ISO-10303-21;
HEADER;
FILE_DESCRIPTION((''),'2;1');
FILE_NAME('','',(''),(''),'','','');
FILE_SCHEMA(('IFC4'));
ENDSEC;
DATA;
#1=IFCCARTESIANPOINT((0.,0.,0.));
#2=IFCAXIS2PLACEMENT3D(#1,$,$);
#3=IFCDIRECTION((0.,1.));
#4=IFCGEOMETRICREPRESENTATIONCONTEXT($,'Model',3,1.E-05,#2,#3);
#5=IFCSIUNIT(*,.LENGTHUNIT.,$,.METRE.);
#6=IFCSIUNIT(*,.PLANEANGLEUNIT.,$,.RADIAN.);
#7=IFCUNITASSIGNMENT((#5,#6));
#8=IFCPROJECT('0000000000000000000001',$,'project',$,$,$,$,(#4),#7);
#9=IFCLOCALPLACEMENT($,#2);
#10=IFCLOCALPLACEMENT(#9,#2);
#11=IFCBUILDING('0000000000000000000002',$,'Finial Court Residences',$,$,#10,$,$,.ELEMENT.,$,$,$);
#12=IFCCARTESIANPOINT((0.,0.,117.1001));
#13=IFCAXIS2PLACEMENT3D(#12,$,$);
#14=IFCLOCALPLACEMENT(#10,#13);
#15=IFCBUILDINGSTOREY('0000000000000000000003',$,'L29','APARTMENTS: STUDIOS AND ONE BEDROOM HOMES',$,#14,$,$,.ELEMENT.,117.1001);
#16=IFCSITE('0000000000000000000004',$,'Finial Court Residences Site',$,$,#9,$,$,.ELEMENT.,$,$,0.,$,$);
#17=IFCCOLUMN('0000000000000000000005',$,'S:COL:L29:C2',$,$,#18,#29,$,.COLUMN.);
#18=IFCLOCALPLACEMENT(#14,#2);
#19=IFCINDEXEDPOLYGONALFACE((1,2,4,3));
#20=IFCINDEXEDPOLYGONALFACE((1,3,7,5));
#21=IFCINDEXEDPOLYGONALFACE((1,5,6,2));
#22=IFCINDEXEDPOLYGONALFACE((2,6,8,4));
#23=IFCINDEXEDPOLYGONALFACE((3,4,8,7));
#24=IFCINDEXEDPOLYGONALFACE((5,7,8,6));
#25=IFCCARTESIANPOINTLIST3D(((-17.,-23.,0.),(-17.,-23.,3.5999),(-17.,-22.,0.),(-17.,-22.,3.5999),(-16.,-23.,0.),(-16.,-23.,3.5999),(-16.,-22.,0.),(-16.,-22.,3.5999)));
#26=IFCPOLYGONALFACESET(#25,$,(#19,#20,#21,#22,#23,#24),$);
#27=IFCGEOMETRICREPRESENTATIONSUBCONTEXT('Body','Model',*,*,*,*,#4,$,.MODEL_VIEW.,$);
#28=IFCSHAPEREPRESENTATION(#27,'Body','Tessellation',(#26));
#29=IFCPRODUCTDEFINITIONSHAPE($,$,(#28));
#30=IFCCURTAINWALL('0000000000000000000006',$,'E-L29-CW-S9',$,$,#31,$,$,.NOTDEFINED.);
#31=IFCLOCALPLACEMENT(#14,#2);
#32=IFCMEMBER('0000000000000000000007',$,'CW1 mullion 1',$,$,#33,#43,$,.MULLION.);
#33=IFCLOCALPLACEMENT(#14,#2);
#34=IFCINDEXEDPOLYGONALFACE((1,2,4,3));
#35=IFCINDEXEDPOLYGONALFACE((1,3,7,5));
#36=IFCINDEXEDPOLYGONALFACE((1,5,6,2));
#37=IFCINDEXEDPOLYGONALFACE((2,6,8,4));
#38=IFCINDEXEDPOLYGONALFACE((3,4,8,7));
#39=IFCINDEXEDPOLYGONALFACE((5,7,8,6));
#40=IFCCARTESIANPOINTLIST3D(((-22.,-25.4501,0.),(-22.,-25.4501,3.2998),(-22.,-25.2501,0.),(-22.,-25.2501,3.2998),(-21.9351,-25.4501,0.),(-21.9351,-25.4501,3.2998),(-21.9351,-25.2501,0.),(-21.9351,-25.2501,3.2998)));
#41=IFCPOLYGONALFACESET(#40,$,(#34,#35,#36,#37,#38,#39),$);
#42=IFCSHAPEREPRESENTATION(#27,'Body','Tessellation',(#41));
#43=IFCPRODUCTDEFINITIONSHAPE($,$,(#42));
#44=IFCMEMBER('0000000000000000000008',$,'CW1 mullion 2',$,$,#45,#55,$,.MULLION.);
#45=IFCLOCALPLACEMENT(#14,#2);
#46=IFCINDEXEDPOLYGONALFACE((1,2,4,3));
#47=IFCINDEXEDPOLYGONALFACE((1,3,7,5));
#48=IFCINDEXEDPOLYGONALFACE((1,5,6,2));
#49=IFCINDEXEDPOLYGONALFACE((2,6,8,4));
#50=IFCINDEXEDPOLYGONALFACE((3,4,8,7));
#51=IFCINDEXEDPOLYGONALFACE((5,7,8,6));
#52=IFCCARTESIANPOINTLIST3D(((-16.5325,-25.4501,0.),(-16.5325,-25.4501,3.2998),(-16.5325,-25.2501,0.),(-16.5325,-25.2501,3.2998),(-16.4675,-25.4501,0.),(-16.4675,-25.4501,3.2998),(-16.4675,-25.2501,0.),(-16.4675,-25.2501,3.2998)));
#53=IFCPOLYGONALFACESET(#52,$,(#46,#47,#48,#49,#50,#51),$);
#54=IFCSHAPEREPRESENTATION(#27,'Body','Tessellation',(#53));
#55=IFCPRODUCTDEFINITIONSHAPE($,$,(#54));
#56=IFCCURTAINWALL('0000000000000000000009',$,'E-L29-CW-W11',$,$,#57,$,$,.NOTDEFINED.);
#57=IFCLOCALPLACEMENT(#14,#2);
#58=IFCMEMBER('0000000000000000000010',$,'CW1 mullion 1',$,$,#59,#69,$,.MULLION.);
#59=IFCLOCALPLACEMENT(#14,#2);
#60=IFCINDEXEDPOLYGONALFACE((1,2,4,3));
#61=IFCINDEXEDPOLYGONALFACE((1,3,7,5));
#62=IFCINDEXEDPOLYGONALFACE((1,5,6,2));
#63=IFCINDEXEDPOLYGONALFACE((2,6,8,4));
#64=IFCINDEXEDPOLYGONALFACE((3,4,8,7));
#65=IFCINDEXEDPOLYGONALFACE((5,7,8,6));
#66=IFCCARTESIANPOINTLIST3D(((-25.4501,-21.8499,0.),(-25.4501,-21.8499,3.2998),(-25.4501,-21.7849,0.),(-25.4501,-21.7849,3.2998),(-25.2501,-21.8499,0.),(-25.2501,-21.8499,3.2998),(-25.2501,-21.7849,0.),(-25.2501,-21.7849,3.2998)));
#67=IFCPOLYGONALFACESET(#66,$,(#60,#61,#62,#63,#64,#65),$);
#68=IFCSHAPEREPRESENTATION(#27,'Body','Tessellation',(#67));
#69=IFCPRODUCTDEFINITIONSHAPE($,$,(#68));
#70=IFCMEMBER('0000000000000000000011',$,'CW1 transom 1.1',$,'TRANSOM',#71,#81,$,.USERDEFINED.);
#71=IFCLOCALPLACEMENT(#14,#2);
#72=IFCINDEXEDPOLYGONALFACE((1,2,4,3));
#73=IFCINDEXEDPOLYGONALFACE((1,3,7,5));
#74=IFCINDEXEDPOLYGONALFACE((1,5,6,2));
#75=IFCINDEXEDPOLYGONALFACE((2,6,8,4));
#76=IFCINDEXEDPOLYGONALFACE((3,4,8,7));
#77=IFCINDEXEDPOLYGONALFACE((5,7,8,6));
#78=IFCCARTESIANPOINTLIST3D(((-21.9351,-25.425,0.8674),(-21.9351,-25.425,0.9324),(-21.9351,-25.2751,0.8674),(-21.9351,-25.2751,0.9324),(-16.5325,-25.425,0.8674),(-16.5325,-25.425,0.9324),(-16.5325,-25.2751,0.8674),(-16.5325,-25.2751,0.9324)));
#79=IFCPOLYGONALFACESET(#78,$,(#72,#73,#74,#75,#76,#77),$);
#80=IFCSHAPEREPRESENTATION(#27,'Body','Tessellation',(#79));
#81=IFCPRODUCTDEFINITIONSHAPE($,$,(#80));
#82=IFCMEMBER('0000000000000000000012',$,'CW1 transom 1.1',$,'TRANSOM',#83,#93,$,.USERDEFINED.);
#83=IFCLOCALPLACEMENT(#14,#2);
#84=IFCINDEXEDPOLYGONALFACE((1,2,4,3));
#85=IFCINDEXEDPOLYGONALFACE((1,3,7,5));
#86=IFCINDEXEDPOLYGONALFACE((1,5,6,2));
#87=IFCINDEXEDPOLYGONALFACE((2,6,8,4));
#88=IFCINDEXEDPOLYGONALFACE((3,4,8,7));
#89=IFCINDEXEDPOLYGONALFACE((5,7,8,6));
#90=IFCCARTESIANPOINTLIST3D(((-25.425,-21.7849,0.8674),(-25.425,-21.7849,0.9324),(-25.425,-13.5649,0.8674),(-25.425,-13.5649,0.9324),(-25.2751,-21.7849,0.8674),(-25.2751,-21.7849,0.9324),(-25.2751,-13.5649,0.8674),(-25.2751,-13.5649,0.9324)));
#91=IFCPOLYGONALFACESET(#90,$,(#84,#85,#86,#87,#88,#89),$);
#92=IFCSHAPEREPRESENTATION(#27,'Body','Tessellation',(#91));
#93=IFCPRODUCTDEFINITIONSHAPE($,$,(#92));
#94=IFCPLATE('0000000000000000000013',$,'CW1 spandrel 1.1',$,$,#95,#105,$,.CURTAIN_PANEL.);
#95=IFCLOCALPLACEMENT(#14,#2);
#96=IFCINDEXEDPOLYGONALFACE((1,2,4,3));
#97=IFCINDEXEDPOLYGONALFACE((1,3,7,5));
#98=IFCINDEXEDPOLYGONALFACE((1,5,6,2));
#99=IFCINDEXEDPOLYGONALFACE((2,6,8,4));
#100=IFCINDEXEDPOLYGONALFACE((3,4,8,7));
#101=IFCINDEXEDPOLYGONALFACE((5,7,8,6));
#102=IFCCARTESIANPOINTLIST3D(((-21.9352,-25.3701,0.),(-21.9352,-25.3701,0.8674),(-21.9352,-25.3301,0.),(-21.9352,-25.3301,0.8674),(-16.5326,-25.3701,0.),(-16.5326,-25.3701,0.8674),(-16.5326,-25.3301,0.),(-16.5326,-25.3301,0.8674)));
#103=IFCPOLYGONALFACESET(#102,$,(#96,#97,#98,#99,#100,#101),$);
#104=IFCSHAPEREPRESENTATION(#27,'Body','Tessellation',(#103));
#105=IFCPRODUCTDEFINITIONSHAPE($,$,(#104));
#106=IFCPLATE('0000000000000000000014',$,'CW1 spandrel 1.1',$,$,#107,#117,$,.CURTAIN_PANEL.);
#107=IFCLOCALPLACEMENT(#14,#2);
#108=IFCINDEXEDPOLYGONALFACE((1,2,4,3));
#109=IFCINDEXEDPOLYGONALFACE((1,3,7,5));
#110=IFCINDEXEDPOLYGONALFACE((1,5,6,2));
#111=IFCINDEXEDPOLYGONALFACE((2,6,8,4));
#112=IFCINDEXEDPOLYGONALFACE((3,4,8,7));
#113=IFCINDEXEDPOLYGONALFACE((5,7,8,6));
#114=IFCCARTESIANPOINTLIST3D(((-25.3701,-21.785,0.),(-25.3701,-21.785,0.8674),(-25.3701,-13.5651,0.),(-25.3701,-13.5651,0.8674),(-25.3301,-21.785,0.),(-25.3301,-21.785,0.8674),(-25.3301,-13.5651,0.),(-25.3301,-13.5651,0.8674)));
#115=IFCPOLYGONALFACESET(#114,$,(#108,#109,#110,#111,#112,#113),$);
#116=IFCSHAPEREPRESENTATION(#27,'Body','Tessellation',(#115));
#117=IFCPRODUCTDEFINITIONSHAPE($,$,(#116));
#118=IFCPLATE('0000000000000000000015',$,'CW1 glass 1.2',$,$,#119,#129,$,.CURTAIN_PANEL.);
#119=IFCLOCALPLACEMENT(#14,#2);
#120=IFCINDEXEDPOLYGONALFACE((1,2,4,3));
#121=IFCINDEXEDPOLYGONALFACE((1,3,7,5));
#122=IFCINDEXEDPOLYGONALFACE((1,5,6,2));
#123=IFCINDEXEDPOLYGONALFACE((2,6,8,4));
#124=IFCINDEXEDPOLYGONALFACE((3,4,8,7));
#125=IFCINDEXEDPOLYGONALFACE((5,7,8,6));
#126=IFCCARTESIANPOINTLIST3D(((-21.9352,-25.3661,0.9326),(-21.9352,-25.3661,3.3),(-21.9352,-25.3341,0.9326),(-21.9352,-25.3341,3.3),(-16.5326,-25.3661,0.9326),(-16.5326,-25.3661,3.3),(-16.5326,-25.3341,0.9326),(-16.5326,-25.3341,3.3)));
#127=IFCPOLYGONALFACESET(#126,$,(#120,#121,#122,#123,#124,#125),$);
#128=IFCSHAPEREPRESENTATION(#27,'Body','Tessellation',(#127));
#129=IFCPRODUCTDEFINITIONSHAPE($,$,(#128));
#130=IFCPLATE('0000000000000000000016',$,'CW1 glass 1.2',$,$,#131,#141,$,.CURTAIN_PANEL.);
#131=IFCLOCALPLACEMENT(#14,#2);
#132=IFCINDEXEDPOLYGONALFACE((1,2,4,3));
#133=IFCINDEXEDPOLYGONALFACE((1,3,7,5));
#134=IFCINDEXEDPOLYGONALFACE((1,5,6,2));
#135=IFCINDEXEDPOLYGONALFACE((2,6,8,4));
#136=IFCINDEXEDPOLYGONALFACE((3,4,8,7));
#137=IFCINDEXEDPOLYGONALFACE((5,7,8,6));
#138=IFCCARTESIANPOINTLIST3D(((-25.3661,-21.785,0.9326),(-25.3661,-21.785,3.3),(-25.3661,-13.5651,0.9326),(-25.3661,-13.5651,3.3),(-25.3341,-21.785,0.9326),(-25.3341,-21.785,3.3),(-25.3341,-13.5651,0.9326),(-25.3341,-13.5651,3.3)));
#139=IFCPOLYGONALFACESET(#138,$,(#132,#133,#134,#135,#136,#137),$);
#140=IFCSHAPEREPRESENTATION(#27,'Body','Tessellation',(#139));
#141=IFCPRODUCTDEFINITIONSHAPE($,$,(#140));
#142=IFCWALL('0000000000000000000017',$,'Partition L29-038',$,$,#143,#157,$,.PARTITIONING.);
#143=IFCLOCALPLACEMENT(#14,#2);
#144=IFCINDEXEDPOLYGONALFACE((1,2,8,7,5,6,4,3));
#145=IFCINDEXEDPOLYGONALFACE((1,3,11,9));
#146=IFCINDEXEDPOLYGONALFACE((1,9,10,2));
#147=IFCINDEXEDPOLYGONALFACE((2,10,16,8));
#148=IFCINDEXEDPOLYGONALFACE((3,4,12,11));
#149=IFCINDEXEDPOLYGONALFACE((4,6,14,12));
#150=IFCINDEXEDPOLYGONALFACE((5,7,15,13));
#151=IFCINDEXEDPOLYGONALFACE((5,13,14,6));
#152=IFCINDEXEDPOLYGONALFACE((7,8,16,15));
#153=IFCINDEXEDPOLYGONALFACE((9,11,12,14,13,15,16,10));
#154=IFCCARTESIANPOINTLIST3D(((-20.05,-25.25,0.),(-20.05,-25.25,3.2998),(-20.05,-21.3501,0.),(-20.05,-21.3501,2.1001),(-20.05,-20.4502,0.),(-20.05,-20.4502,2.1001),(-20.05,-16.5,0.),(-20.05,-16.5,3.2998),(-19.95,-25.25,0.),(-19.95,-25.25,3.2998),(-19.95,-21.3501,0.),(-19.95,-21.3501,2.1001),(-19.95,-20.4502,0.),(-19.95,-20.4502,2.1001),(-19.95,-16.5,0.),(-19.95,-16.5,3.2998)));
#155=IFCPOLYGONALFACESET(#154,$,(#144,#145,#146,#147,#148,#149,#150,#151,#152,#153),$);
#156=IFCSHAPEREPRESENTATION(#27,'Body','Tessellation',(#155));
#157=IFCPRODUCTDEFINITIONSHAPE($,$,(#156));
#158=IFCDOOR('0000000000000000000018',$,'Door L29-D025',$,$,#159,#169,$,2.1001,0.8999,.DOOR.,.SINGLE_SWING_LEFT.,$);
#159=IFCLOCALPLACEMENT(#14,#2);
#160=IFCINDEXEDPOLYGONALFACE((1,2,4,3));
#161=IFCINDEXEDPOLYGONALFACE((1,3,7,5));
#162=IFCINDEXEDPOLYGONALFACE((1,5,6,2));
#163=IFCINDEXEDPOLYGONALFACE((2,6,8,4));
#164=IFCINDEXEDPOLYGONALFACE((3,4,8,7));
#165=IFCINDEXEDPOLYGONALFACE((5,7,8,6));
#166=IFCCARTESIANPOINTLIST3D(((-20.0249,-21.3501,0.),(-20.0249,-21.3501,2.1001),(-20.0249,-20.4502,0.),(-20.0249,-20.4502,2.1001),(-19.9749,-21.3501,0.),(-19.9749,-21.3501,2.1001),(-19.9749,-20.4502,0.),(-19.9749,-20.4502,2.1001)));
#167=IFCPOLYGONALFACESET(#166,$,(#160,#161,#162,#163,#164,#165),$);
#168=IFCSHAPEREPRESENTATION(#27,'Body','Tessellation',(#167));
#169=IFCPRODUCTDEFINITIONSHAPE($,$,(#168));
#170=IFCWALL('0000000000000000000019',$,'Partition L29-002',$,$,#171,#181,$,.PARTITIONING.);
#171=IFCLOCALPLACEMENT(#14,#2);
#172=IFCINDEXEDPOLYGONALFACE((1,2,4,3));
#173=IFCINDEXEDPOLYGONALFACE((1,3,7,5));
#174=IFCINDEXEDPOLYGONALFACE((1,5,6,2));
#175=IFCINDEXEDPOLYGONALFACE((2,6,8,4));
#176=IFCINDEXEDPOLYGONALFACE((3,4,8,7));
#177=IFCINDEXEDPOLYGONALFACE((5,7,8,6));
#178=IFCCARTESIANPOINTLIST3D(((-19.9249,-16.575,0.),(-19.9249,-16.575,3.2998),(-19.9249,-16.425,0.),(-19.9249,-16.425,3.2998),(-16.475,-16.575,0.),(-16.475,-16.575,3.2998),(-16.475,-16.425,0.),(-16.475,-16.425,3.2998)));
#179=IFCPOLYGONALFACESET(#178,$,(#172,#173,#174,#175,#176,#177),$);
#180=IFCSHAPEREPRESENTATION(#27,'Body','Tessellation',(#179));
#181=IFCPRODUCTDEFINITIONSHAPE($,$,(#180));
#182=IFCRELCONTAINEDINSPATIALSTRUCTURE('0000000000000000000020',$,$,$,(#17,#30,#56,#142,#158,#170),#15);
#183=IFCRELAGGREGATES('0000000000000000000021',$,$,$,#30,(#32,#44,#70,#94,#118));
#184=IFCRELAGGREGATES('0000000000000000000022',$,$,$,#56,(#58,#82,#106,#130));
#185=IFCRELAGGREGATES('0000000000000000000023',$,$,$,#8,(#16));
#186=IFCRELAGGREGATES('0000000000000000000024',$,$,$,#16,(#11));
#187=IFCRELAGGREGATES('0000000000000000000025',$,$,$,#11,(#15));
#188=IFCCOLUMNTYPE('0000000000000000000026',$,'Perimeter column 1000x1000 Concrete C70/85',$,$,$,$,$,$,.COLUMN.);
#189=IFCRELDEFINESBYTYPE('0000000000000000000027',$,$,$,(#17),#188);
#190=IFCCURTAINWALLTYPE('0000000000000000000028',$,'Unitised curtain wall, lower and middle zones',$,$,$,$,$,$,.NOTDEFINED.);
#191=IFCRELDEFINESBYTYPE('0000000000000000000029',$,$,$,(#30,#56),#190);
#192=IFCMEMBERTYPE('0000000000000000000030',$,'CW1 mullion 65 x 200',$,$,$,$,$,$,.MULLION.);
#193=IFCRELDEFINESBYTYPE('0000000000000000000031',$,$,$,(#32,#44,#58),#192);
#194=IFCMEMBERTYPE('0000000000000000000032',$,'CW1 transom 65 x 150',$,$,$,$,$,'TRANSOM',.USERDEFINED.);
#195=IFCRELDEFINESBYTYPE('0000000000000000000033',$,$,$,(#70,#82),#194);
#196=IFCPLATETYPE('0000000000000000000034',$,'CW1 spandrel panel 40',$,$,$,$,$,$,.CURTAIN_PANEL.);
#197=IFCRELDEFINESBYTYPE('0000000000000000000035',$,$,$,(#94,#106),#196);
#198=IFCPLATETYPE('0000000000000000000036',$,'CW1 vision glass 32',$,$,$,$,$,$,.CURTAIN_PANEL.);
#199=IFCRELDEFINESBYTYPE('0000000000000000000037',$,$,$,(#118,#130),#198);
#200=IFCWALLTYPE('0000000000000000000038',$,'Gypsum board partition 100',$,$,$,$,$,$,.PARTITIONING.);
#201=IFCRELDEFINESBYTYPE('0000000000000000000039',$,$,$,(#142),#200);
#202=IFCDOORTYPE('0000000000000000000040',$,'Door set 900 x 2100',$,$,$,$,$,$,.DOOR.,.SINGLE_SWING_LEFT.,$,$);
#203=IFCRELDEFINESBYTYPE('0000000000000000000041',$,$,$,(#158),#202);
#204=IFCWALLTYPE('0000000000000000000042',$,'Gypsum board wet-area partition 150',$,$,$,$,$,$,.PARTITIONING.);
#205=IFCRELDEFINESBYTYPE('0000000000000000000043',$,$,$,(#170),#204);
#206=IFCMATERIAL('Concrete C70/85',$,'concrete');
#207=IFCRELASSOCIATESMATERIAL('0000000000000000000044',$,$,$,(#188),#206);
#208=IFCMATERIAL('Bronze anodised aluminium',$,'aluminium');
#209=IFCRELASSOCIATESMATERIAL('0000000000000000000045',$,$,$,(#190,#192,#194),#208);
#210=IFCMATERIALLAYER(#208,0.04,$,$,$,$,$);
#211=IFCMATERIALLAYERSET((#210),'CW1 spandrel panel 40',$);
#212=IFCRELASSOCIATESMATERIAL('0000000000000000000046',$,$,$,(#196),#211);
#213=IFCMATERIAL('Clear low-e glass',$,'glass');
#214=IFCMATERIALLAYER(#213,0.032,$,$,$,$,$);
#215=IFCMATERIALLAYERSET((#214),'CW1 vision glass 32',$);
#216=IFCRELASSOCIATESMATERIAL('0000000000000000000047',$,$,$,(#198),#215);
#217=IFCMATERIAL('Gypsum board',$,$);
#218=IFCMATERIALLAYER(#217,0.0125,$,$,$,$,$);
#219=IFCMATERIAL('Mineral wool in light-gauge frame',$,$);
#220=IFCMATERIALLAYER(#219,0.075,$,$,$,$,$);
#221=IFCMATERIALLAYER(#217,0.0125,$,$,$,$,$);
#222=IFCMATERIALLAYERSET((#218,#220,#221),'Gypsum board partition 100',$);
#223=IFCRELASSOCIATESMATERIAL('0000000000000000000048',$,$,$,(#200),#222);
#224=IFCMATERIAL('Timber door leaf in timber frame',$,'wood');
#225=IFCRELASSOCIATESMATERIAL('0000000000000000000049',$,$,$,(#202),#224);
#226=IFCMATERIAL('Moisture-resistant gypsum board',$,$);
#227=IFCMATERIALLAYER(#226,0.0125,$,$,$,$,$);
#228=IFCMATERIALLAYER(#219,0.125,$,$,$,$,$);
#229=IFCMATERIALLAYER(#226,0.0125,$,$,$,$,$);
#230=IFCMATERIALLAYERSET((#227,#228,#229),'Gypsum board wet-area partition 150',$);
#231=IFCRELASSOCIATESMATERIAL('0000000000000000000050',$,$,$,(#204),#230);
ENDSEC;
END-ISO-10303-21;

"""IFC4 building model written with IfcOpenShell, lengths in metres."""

from ifc_helpers import new_model, si_unit, direction, frame, frame_2d, origin, origin_2d, place, context, subcontext, project, spatial, rectangle, extrude, material, layer, layer_set, material_profile, profile_set, type_object, element, fill, aggregate, save


model = new_model("IFC4")

# Units and contexts
model_context = context("Model", 3, precision=1e-05, world=origin(), true_north=direction((0.0, 1.0)))
body_context = subcontext(model_context, "Body", "Model", "MODEL_VIEW")
ifc_project = project(units=[si_unit("LENGTHUNIT", "METRE"), si_unit("PLANEANGLEUNIT", "RADIAN")], contexts=[model_context])

# Site, building, storey
site_placement = place(None, origin())
site = spatial("IfcSite", under=ifc_project, at=site_placement, Name="Finial Court Residences Site", CompositionType="ELEMENT", RefElevation=0.0)
building_placement = place(site_placement, origin())
building = spatial("IfcBuilding", under=site, at=building_placement, Name="Finial Court Residences", CompositionType="ELEMENT")
storey_placement = place(building_placement, frame((0.0, 0.0, 117.1001)))
storey = spatial("IfcBuildingStorey", under=building, at=storey_placement, Name="L29", Description="APARTMENTS: STUDIOS AND ONE BEDROOM HOMES", CompositionType="ELEMENT", Elevation=117.1001)

# Column
ifc_material_1 = material(Name="Concrete C70/85", Category="concrete")
ifc_material_profile_1 = material_profile(ifc_material_1, rectangle(XDim=1.0, YDim=1.0, at=origin_2d()), Name="1000x1000")
ifc_profile_set_1 = profile_set([ifc_material_profile_1], Name="Concrete C70/85")
column_type = type_object("IfcColumnType", Name="Perimeter column 1000x1000 Concrete C70/85", PredefinedType="COLUMN", material=ifc_profile_set_1)
column_placement = place(storey_placement, frame((-16.5, -22.5, 0.0), z_axis=(0.0, 0.0, 1.0), x_axis=(1.0, 0.0, 0.0)))
element("IfcColumn", 1, at=column_placement, inside=storey, type_object=column_type, Name="S:COL:L29:C2", PredefinedType="COLUMN", context=body_context, shape_type="SweptSolid", body=[
    extrude(rectangle(XDim=1.0, YDim=1.0, at=origin_2d()), origin(), (0.0, 0.0, 1.0), 3.5999),
])

# Curtain wall, members
ifc_material_2 = material(Name="Bronze anodised aluminium", Category="aluminium")
curtain_wall_type = type_object("IfcCurtainWallType", Name="Unitised curtain wall, lower and middle zones", PredefinedType="NOTDEFINED", material=ifc_material_2)
curtain_wall_1_placement = place(storey_placement, origin())
curtain_wall_1 = element("IfcCurtainWall", 2, at=curtain_wall_1_placement, inside=storey, type_object=curtain_wall_type, Name="E-L29-CW-S9", PredefinedType="NOTDEFINED")
ifc_material_profile_2 = material_profile(ifc_material_2, rectangle(XDim=0.2, YDim=0.0649, at=origin_2d()), Name="CW1 mullion 65 x 200")
ifc_profile_set_2 = profile_set([ifc_material_profile_2], Name="Bronze anodised aluminium")
member_type_1 = type_object("IfcMemberType", Name="CW1 mullion 65 x 200", PredefinedType="MULLION", material=ifc_profile_set_2)
member_1_placement = place(storey_placement, frame((-21.9675, -25.3501, 0.0), z_axis=(0.0, 0.0, 1.0), x_axis=(0.0, 1.0, 0.0)))
member_1 = element("IfcMember", 3, at=member_1_placement, type_object=member_type_1, Name="CW1 mullion 1", PredefinedType="MULLION", context=body_context, shape_type="SweptSolid", body=[
    extrude(rectangle(XDim=0.2, YDim=0.0649, at=origin_2d()), origin(), (0.0, 0.0, 1.0), 3.2998),
])
member_2_placement = place(storey_placement, frame((-16.5, -25.3501, 0.0), z_axis=(0.0, 0.0, 1.0), x_axis=(0.0, 1.0, 0.0)))
member_2 = element("IfcMember", 4, at=member_2_placement, type_object=member_type_1, Name="CW1 mullion 2", PredefinedType="MULLION", context=body_context, shape_type="SweptSolid", body=[
    extrude(rectangle(XDim=0.2, YDim=0.0649, at=origin_2d()), origin(), (0.0, 0.0, 1.0), 3.2998),
])

# Curtain wall, member
curtain_wall_2_placement = place(storey_placement, origin())
curtain_wall_2 = element("IfcCurtainWall", 5, at=curtain_wall_2_placement, inside=storey, type_object=curtain_wall_type, Name="E-L29-CW-W11", PredefinedType="NOTDEFINED")
member_3_placement = place(storey_placement, frame((-25.3501, -21.8174, 0.0), z_axis=(0.0, 0.0, 1.0), x_axis=(-1.0, 0.0, 0.0)))
member_3 = element("IfcMember", 6, at=member_3_placement, type_object=member_type_1, Name="CW1 mullion 1", PredefinedType="MULLION", context=body_context, shape_type="SweptSolid", body=[
    extrude(rectangle(XDim=0.2, YDim=0.0649, at=origin_2d()), origin(), (0.0, 0.0, 1.0), 3.2998),
])

# Members
ifc_material_profile_3 = material_profile(ifc_material_2, rectangle(XDim=0.1499, YDim=0.0649, at=origin_2d()), Name="CW1 transom 65 x 150")
ifc_profile_set_3 = profile_set([ifc_material_profile_3], Name="Bronze anodised aluminium")
member_type_2 = type_object("IfcMemberType", Name="CW1 transom 65 x 150", ElementType="TRANSOM", PredefinedType="USERDEFINED", material=ifc_profile_set_3)
member_4_placement = place(storey_placement, frame((-21.9351, -25.3501, 0.8999), z_axis=(1.0, 0.0, 0.0), x_axis=(0.0, 1.0, 0.0)))
member_4 = element("IfcMember", 7, at=member_4_placement, type_object=member_type_2, Name="CW1 transom 1.1", ObjectType="TRANSOM", PredefinedType="USERDEFINED", context=body_context, shape_type="SweptSolid", body=[
    extrude(rectangle(XDim=0.1499, YDim=0.0649, at=origin_2d()), origin(), (0.0, 0.0, 1.0), 5.4026),
])
member_5_placement = place(storey_placement, frame((-25.3501, -21.7849, 0.8999), z_axis=(0.0, 1.0, 0.0), x_axis=(-1.0, 0.0, 0.0)))
member_5 = element("IfcMember", 8, at=member_5_placement, type_object=member_type_2, Name="CW1 transom 1.1", ObjectType="TRANSOM", PredefinedType="USERDEFINED", context=body_context, shape_type="SweptSolid", body=[
    extrude(rectangle(XDim=0.1499, YDim=0.0649, at=origin_2d()), origin(), (0.0, 0.0, 1.0), 8.22),
])

# Plates
ifc_layer_1 = layer(ifc_material_2, 0.04)
ifc_layer_set_1 = layer_set([ifc_layer_1], Name="CW1 spandrel panel 40")
plate_type_1 = type_object("IfcPlateType", Name="CW1 spandrel panel 40", PredefinedType="CURTAIN_PANEL", material=ifc_layer_set_1)
plate_1_placement = place(storey_placement, frame((-19.2339, -25.3501, 0.0), z_axis=(0.0, 0.0, 1.0), x_axis=(1.0, 0.0, 0.0)))
plate_1 = element("IfcPlate", 9, at=plate_1_placement, type_object=plate_type_1, Name="CW1 spandrel 1.1", PredefinedType="CURTAIN_PANEL", context=body_context, shape_type="SweptSolid", body=[
    extrude(rectangle(XDim=5.4026, YDim=0.04, at=origin_2d()), origin(), (0.0, 0.0, 1.0), 0.8674),
])
plate_2_placement = place(storey_placement, frame((-25.3501, -17.675, 0.0), z_axis=(0.0, 0.0, 1.0), x_axis=(0.0, 1.0, 0.0)))
plate_2 = element("IfcPlate", 10, at=plate_2_placement, type_object=plate_type_1, Name="CW1 spandrel 1.1", PredefinedType="CURTAIN_PANEL", context=body_context, shape_type="SweptSolid", body=[
    extrude(rectangle(XDim=8.22, YDim=0.04, at=origin_2d()), origin(), (0.0, 0.0, 1.0), 0.8674),
])
ifc_material_3 = material(Name="Clear low-e glass", Category="glass")
ifc_layer_2 = layer(ifc_material_3, 0.032)
ifc_layer_set_2 = layer_set([ifc_layer_2], Name="CW1 vision glass 32")
plate_type_2 = type_object("IfcPlateType", Name="CW1 vision glass 32", PredefinedType="CURTAIN_PANEL", material=ifc_layer_set_2)
plate_3_placement = place(storey_placement, frame((-19.2339, -25.3501, 0.9326), z_axis=(0.0, 0.0, 1.0), x_axis=(1.0, 0.0, 0.0)))
plate_3 = element("IfcPlate", 11, at=plate_3_placement, type_object=plate_type_2, Name="CW1 glass 1.2", PredefinedType="CURTAIN_PANEL", context=body_context, shape_type="SweptSolid", body=[
    extrude(rectangle(XDim=5.4026, YDim=0.032, at=origin_2d()), origin(), (0.0, 0.0, 1.0), 2.3674),
])
aggregate(curtain_wall_1, [member_1, member_2, member_4, plate_1, plate_3])
plate_4_placement = place(storey_placement, frame((-25.3501, -17.675, 0.9326), z_axis=(0.0, 0.0, 1.0), x_axis=(0.0, 1.0, 0.0)))
plate_4 = element("IfcPlate", 12, at=plate_4_placement, type_object=plate_type_2, Name="CW1 glass 1.2", PredefinedType="CURTAIN_PANEL", context=body_context, shape_type="SweptSolid", body=[
    extrude(rectangle(XDim=8.22, YDim=0.032, at=origin_2d()), origin(), (0.0, 0.0, 1.0), 2.3674),
])
aggregate(curtain_wall_2, [member_3, member_5, plate_2, plate_4])

# Wall, opening, door
ifc_material_4 = material(Name="Gypsum board")
ifc_layer_3 = layer(ifc_material_4, 0.0125)
ifc_material_5 = material(Name="Mineral wool in light-gauge frame")
ifc_layer_4 = layer(ifc_material_5, 0.075)
ifc_layer_5 = layer(ifc_material_4, 0.0125)
ifc_layer_set_3 = layer_set([ifc_layer_3, ifc_layer_4, ifc_layer_5], Name="Gypsum board partition 100")
wall_type_1 = type_object("IfcWallType", Name="Gypsum board partition 100", PredefinedType="PARTITIONING", material=ifc_layer_set_3)
wall_1_placement = place(storey_placement, frame((-20.0, -25.25, 0.0), z_axis=(0.0, 0.0, 1.0), x_axis=(0.0, 1.0, 0.0)))
wall_1 = element("IfcWall", 13, at=wall_1_placement, inside=storey, type_object=wall_type_1, Name="Partition L29-038", PredefinedType="PARTITIONING", context=body_context, shape_type="SweptSolid", body=[
    extrude(rectangle(XDim=8.75, YDim=0.1001, at=frame_2d((4.375, 0.0))), origin(), (0.0, 0.0, 1.0), 3.2998),
])
opening_1_placement = place(wall_1_placement, frame((3.8999, 0.0, 0.0)))
opening_1 = element("IfcOpeningElement", 14, at=opening_1_placement, cuts=wall_1, PredefinedType="OPENING", context=body_context, shape_type="SweptSolid", body=[
    extrude(rectangle(XDim=0.8999, YDim=2.1001, at=frame_2d((0.45, 1.05))), frame((0.0, 0.0601, 0.0), z_axis=(0.0, -1.0, 0.0), x_axis=(1.0, 0.0, 0.0)), (0.0, 0.0, 1.0), 0.1201),
])
ifc_material_6 = material(Name="Timber door leaf in timber frame", Category="wood")
door_type = type_object("IfcDoorType", Name="Door set 900 x 2100", OperationType="SINGLE_SWING_LEFT", PredefinedType="DOOR", material=ifc_material_6)
door_1_placement = place(opening_1_placement, origin())
door_1 = element("IfcDoor", 15, at=door_1_placement, inside=storey, type_object=door_type, Name="Door L29-D025", OperationType="SINGLE_SWING_LEFT", OverallHeight=2.1001, OverallWidth=0.8999, PredefinedType="DOOR", context=body_context, shape_type="SweptSolid", body=[
    extrude(rectangle(XDim=0.8999, YDim=2.1001, at=frame_2d((0.45, 1.05))), frame((0.0, 0.0249, 0.0), z_axis=(0.0, -1.0, 0.0), x_axis=(1.0, 0.0, 0.0)), (0.0, 0.0, 1.0), 0.05),
])
fill(opening_1, door_1)

# Wall
ifc_material_7 = material(Name="Moisture-resistant gypsum board")
ifc_layer_6 = layer(ifc_material_7, 0.0125)
ifc_layer_7 = layer(ifc_material_5, 0.125)
ifc_layer_8 = layer(ifc_material_7, 0.0125)
ifc_layer_set_4 = layer_set([ifc_layer_6, ifc_layer_7, ifc_layer_8], Name="Gypsum board wet-area partition 150")
wall_type_2 = type_object("IfcWallType", Name="Gypsum board wet-area partition 150", PredefinedType="PARTITIONING", material=ifc_layer_set_4)
wall_2_placement = place(storey_placement, frame((-19.925, -16.5, 0.0), z_axis=(0.0, 0.0, 1.0), x_axis=(1.0, 0.0, 0.0)))
element("IfcWall", 16, at=wall_2_placement, inside=storey, type_object=wall_type_2, Name="Partition L29-002", PredefinedType="PARTITIONING", context=body_context, shape_type="SweptSolid", body=[
    extrude(rectangle(XDim=3.45, YDim=0.1499, at=frame_2d((1.7251, 0.0))), origin(), (0.0, 0.0, 1.0), 3.2998),
])

save(model, "model.ifc")
